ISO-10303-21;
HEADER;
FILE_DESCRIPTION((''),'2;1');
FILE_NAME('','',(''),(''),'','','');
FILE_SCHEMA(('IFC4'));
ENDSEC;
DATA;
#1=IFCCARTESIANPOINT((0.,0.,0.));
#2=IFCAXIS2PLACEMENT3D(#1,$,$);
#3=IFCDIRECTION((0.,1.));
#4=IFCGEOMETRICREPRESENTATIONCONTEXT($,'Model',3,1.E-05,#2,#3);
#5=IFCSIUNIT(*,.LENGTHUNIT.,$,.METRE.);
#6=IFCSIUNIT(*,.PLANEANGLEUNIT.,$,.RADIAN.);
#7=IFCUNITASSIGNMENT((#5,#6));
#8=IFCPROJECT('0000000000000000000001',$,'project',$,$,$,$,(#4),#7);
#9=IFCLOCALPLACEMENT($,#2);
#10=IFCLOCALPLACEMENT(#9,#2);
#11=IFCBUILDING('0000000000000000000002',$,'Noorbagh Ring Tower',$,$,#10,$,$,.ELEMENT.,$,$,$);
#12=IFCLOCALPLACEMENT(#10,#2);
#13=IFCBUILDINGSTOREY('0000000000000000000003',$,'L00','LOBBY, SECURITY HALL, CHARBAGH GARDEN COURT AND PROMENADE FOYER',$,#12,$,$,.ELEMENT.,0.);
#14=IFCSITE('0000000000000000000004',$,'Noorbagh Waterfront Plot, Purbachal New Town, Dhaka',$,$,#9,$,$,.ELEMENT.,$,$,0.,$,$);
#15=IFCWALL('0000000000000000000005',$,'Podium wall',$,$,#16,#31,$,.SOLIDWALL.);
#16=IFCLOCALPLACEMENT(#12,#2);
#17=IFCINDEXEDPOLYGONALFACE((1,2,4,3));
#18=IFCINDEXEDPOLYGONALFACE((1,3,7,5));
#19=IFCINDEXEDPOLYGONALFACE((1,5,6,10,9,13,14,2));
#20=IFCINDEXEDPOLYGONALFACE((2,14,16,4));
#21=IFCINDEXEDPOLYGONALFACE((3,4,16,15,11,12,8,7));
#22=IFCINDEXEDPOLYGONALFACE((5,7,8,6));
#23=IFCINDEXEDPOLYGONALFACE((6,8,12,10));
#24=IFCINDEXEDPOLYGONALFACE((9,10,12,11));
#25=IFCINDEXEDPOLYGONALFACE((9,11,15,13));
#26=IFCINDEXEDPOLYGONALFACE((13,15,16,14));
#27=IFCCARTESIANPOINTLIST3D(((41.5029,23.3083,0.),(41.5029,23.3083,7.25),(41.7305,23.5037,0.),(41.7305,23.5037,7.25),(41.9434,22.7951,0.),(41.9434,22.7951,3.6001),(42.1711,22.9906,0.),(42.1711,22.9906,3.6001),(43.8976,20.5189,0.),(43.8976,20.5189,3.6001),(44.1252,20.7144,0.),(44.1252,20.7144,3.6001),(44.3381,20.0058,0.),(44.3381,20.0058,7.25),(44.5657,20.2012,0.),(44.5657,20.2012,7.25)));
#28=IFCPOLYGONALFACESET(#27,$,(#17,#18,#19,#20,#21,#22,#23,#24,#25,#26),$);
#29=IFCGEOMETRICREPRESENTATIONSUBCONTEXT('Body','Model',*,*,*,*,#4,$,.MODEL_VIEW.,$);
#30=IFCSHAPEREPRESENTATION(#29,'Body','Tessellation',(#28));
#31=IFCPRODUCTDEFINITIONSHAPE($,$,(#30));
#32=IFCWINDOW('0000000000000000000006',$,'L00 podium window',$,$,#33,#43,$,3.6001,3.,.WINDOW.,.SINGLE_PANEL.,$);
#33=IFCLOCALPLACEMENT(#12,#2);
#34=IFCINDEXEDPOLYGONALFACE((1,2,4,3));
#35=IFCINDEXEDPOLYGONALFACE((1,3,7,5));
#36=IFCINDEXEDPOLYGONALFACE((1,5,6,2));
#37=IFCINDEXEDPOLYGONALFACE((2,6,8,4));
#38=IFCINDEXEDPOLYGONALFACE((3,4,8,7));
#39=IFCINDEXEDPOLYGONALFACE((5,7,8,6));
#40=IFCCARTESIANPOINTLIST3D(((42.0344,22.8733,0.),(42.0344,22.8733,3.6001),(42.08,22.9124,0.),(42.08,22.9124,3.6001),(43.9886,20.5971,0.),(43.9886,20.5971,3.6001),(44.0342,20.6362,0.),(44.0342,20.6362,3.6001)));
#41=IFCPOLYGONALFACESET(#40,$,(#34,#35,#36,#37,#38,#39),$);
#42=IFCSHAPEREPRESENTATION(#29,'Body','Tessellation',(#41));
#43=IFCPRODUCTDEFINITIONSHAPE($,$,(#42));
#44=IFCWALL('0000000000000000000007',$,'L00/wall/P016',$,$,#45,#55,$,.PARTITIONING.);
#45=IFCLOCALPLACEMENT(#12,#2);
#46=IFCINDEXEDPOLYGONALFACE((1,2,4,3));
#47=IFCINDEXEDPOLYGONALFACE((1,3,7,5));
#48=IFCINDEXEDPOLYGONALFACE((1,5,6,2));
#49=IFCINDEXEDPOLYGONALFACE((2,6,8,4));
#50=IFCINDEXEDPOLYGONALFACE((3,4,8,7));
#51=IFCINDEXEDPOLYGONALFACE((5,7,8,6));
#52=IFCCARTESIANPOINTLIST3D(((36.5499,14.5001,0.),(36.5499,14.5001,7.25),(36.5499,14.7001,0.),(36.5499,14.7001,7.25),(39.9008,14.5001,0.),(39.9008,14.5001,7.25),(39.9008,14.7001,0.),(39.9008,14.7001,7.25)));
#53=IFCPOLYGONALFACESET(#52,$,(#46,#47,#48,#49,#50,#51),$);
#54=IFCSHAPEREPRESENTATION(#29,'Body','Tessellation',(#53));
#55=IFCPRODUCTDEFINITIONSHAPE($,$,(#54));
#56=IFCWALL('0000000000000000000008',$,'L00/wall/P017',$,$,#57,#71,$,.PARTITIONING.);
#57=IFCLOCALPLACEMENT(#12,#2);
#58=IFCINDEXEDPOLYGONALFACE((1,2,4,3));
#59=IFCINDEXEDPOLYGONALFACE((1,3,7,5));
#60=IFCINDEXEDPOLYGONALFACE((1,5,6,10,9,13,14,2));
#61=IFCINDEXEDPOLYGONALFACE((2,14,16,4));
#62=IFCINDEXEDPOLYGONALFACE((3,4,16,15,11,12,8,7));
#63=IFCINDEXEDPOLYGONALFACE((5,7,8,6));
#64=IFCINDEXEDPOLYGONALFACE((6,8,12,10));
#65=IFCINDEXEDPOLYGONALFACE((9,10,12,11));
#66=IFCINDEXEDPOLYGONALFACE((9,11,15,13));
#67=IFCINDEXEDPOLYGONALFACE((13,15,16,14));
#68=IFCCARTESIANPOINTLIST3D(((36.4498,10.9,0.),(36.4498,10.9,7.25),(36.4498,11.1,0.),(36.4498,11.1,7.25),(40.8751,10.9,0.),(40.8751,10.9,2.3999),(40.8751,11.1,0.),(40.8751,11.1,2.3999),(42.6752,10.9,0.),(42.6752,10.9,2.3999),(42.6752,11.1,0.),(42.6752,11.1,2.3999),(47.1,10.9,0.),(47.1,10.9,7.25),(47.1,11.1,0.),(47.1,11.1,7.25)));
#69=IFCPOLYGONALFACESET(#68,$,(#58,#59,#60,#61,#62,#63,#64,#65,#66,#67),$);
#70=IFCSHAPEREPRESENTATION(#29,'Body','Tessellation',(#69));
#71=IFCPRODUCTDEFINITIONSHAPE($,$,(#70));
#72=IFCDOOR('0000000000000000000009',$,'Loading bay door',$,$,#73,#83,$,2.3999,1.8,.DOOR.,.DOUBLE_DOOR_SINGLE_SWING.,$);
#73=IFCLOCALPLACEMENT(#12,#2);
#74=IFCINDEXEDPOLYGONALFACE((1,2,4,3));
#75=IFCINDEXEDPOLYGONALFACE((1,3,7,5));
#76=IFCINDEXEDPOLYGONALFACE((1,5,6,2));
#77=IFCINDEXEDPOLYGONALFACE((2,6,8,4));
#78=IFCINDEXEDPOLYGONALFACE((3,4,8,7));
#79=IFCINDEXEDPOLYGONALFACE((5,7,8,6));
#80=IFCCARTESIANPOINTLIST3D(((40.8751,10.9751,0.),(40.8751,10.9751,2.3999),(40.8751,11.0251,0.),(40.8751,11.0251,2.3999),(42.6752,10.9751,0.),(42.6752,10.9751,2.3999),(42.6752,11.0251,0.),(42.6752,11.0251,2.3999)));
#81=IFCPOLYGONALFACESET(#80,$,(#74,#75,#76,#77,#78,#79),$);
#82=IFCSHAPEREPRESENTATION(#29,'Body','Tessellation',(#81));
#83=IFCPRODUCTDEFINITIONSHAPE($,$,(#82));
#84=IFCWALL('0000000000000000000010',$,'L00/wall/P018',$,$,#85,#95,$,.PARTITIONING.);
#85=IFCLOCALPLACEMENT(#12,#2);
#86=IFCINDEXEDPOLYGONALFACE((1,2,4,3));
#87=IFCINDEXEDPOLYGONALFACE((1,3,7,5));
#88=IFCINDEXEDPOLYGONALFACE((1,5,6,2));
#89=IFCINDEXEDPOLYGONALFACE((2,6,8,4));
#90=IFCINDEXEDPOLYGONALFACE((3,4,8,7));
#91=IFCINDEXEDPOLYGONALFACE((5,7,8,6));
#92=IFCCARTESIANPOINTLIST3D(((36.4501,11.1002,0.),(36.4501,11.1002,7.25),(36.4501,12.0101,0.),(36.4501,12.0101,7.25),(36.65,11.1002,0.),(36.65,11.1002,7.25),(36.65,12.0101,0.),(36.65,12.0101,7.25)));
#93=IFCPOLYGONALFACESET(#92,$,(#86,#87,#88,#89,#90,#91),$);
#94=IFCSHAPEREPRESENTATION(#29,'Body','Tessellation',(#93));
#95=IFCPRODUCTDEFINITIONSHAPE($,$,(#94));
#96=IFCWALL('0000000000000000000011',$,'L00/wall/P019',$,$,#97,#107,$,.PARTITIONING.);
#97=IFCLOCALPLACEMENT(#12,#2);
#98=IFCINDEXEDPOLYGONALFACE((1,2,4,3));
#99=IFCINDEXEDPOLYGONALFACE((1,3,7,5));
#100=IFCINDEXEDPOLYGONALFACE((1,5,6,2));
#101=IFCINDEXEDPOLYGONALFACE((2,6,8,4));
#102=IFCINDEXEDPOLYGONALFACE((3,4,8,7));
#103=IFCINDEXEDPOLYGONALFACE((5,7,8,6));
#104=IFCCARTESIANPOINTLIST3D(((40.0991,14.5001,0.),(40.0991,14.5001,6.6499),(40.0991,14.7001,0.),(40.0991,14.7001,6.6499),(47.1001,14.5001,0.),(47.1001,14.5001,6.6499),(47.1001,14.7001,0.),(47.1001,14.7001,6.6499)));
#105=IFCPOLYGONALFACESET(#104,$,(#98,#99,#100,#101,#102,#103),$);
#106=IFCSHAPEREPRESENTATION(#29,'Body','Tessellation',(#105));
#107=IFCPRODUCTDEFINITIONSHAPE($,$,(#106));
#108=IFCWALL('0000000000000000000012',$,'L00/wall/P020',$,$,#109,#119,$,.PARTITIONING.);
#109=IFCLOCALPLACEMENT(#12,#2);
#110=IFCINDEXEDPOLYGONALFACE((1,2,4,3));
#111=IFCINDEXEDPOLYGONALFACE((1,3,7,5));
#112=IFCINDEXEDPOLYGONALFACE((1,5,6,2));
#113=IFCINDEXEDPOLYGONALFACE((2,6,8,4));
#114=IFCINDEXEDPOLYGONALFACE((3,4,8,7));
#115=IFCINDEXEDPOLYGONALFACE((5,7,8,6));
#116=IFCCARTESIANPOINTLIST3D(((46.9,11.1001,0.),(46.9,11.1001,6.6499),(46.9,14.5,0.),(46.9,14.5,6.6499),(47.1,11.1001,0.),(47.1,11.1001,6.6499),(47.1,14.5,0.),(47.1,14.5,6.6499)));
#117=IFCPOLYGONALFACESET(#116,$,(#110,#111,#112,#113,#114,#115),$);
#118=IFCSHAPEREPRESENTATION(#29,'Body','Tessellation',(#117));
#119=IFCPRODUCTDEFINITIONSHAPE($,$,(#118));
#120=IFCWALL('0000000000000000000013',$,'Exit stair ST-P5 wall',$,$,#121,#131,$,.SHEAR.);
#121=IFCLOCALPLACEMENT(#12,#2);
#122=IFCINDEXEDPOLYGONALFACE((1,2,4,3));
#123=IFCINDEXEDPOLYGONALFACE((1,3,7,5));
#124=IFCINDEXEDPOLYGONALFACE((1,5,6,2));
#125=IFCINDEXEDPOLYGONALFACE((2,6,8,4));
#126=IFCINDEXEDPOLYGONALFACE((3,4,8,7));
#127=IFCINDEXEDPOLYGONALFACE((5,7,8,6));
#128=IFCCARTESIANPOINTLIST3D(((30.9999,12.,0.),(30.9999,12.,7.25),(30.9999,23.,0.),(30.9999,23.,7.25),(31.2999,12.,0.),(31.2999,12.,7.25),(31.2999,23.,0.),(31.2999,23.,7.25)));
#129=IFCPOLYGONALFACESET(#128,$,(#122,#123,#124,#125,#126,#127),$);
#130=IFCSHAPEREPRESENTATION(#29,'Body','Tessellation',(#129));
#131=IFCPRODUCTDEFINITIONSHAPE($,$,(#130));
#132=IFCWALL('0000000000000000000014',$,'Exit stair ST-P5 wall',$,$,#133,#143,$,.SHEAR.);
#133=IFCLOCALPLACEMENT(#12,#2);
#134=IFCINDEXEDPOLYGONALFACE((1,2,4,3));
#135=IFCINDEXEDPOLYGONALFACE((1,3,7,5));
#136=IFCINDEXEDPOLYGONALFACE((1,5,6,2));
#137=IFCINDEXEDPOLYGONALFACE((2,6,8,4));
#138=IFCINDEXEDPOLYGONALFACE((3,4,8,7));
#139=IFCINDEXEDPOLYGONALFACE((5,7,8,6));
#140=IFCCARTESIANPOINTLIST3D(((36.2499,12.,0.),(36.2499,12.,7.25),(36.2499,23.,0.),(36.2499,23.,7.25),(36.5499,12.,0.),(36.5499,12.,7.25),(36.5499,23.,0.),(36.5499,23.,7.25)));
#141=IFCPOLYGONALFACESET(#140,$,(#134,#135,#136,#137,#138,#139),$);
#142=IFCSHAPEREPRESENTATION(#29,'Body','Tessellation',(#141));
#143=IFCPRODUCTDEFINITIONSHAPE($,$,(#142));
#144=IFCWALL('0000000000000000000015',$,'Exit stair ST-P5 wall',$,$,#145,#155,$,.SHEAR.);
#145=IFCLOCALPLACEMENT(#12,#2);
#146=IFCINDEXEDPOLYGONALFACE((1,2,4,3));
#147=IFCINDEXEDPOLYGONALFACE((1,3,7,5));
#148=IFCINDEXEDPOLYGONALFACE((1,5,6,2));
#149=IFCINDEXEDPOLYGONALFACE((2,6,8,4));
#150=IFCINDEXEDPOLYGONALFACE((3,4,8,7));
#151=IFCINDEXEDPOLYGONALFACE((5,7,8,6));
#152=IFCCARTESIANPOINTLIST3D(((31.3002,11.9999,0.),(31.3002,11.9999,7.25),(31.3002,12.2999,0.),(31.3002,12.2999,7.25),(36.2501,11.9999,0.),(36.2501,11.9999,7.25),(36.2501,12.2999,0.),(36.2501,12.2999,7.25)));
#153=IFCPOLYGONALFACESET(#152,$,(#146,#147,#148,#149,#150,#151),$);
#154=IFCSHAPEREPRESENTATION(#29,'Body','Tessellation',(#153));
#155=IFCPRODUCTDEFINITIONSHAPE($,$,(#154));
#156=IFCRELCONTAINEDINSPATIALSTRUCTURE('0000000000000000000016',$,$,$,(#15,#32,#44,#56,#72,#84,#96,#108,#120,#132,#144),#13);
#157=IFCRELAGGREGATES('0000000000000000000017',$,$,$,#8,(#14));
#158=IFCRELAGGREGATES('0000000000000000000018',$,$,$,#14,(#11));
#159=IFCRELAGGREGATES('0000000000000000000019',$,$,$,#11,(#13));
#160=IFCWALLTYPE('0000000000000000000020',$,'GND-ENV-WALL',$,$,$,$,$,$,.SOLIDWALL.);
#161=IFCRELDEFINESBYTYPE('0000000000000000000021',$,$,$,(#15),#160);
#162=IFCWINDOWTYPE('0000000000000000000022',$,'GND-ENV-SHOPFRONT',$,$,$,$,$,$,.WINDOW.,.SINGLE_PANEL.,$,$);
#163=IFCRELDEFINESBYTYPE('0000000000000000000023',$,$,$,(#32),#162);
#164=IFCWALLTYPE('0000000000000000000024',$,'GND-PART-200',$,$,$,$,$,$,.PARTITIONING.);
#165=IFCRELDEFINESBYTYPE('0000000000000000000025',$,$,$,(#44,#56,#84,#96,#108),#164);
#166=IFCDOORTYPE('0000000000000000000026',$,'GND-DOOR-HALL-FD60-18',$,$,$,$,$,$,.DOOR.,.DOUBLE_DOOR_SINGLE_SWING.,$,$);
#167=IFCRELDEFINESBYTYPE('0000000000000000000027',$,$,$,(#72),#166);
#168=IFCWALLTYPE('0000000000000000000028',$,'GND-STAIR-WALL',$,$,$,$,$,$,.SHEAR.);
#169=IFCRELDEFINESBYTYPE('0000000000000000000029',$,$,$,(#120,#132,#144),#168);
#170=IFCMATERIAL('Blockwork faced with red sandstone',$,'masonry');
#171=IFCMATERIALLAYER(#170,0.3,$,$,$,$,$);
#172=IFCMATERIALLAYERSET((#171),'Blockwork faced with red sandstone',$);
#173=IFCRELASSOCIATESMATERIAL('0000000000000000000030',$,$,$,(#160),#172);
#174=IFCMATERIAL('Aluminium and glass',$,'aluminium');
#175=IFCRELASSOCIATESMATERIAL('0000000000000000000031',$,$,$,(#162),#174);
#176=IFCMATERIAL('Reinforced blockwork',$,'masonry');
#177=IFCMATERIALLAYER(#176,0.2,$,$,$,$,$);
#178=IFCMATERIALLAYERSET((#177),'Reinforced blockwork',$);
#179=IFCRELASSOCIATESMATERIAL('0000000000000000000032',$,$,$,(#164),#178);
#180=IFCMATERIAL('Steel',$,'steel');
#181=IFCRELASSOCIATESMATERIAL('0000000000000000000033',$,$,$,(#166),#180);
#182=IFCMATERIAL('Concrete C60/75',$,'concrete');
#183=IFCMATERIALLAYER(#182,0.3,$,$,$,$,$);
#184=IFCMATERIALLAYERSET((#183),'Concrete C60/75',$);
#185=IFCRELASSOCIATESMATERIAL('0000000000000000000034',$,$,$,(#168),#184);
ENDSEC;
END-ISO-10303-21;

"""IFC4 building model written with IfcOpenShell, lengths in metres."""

from ifc_helpers import new_model, si_unit, direction, frame, frame_2d, origin, place, context, subcontext, project, spatial, rectangle, extrude, material, layer, layer_set, type_object, element, fill, save


model = new_model("IFC4")

# Units and contexts
model_context = context("Model", 3, precision=1e-05, world=origin(), true_north=direction((0.0, 1.0)))
body_context = subcontext(model_context, "Body", "Model", "MODEL_VIEW")
ifc_project = project(units=[si_unit("LENGTHUNIT", "METRE"), si_unit("PLANEANGLEUNIT", "RADIAN")], contexts=[model_context])

# Site, building, storey
site_placement = place(None, origin())
site = spatial("IfcSite", under=ifc_project, at=site_placement, Name="Noorbagh Waterfront Plot, Purbachal New Town, Dhaka", CompositionType="ELEMENT", RefElevation=0.0)
building_placement = place(site_placement, origin())
building = spatial("IfcBuilding", under=site, at=building_placement, Name="Noorbagh Ring Tower", CompositionType="ELEMENT")
storey_placement = place(building_placement, origin())
storey = spatial("IfcBuildingStorey", under=building, at=storey_placement, Name="L00", Description="LOBBY, SECURITY HALL, CHARBAGH GARDEN COURT AND PROMENADE FOYER", CompositionType="ELEMENT", Elevation=0.0)

# Shared definitions
ifc_material_1 = material(Name="Blockwork faced with red sandstone", Category="masonry")
ifc_layer_1 = layer(ifc_material_1, 0.3)
ifc_layer_set_1 = layer_set([ifc_layer_1], Name="Blockwork faced with red sandstone")
wall_type_1 = type_object("IfcWallType", Name="GND-ENV-WALL", PredefinedType="SOLIDWALL", material=ifc_layer_set_1)

# Wall, opening, window
wall_1_placement = place(storey_placement, frame((44.4519, 20.1035, 0.0), z_axis=(0.0, 0.0, 1.0), x_axis=(-0.651387, 0.758746, 0.0)))
wall_1 = element("IfcWall", 1, at=wall_1_placement, inside=storey, type_object=wall_type_1, Name="Podium wall", PredefinedType="SOLIDWALL", context=body_context, shape_type="SweptSolid", body=[
    extrude(rectangle(XDim=4.3525, YDim=0.3, at=frame_2d((2.1763, 0.0))), origin(), (0.0, 0.0, 1.0), 7.25),
])
opening_1_placement = place(wall_1_placement, frame((0.6763, 0.0, 0.0)))
opening_1 = element("IfcOpeningElement", 2, at=opening_1_placement, cuts=wall_1, PredefinedType="OPENING", context=body_context, shape_type="SweptSolid", body=[
    extrude(rectangle(XDim=3.0, YDim=3.6001, at=frame_2d((1.5, 1.8))), frame((0.0, 0.1602, 0.0), z_axis=(0.0, -1.0, 0.0), x_axis=(1.0, 0.0, 0.0)), (0.0, 0.0, 1.0), 0.3201),
])
ifc_material_2 = material(Name="Aluminium and glass", Category="aluminium")
window_type = type_object("IfcWindowType", Name="GND-ENV-SHOPFRONT", PartitioningType="SINGLE_PANEL", PredefinedType="WINDOW", material=ifc_material_2)
window_placement = place(opening_1_placement, origin())
window = element("IfcWindow", 3, at=window_placement, inside=storey, type_object=window_type, Name="L00 podium window", OverallHeight=3.6001, OverallWidth=3.0, PartitioningType="SINGLE_PANEL", PredefinedType="WINDOW", context=body_context, shape_type="SweptSolid", body=[
    extrude(rectangle(XDim=3.0, YDim=3.6001, at=frame_2d((1.5, 1.8))), frame((0.0, 0.03, 0.0), z_axis=(0.0, -1.0, 0.0), x_axis=(1.0, 0.0, 0.0)), (0.0, 0.0, 1.0), 0.0601),
])
fill(opening_1, window)

# Wall
ifc_material_3 = material(Name="Reinforced blockwork", Category="masonry")
ifc_layer_2 = layer(ifc_material_3, 0.2)
ifc_layer_set_2 = layer_set([ifc_layer_2], Name="Reinforced blockwork")
wall_type_2 = type_object("IfcWallType", Name="GND-PART-200", PredefinedType="PARTITIONING", material=ifc_layer_set_2)
wall_2_placement = place(storey_placement, frame((36.55, 14.6001, 0.0), z_axis=(0.0, 0.0, 1.0), x_axis=(1.0, 0.0, 0.0)))
element("IfcWall", 4, at=wall_2_placement, inside=storey, type_object=wall_type_2, Name="L00/wall/P016", PredefinedType="PARTITIONING", context=body_context, shape_type="SweptSolid", body=[
    extrude(rectangle(XDim=3.3508, YDim=0.2, at=frame_2d((1.6753, 0.0))), origin(), (0.0, 0.0, 1.0), 7.25),
])

# Wall, opening, door
wall_3_placement = place(storey_placement, frame((47.1001, 11.0, 0.0), z_axis=(0.0, 0.0, 1.0), x_axis=(-1.0, 0.0, 0.0)))
wall_3 = element("IfcWall", 5, at=wall_3_placement, inside=storey, type_object=wall_type_2, Name="L00/wall/P017", PredefinedType="PARTITIONING", context=body_context, shape_type="SweptSolid", body=[
    extrude(rectangle(XDim=10.6501, YDim=0.2, at=frame_2d((5.3252, 0.0))), origin(), (0.0, 0.0, 1.0), 7.25),
])
opening_2_placement = place(wall_3_placement, frame((4.425, 0.0, 0.0)))
opening_2 = element("IfcOpeningElement", 6, at=opening_2_placement, cuts=wall_3, PredefinedType="OPENING", context=body_context, shape_type="SweptSolid", body=[
    extrude(rectangle(XDim=1.8, YDim=2.3999, at=frame_2d((0.8999, 1.2))), frame((0.0, 0.1099, 0.0), z_axis=(0.0, -1.0, 0.0), x_axis=(1.0, 0.0, 0.0)), (0.0, 0.0, 1.0), 0.22),
])
ifc_material_4 = material(Name="Steel", Category="steel")
door_type_1 = type_object("IfcDoorType", Name="GND-DOOR-HALL-FD60-18", OperationType="DOUBLE_DOOR_SINGLE_SWING", PredefinedType="DOOR", material=ifc_material_4)
door_1_placement = place(opening_2_placement, origin())
door_1 = element("IfcDoor", 7, at=door_1_placement, inside=storey, type_object=door_type_1, Name="Loading bay door", OperationType="DOUBLE_DOOR_SINGLE_SWING", OverallHeight=2.3999, OverallWidth=1.8, PredefinedType="DOOR", context=body_context, shape_type="SweptSolid", body=[
    extrude(rectangle(XDim=1.8, YDim=2.3999, at=frame_2d((0.8999, 1.2))), frame((0.0, 0.0249, 0.0), z_axis=(0.0, -1.0, 0.0), x_axis=(1.0, 0.0, 0.0)), (0.0, 0.0, 1.0), 0.05),
])
fill(opening_2, door_1)

# Walls
wall_4_placement = place(storey_placement, frame((36.55, 11.1001, 0.0), z_axis=(0.0, 0.0, 1.0), x_axis=(0.0, 1.0, 0.0)))
element("IfcWall", 8, at=wall_4_placement, inside=storey, type_object=wall_type_2, Name="L00/wall/P018", PredefinedType="PARTITIONING", context=body_context, shape_type="SweptSolid", body=[
    extrude(rectangle(XDim=0.9099, YDim=0.2, at=frame_2d((0.4551, 0.0))), origin(), (0.0, 0.0, 1.0), 7.25),
])
wall_5_placement = place(storey_placement, frame((40.0991, 14.6001, 0.0), z_axis=(0.0, 0.0, 1.0), x_axis=(1.0, 0.0, 0.0)))
element("IfcWall", 9, at=wall_5_placement, inside=storey, type_object=wall_type_2, Name="L00/wall/P019", PredefinedType="PARTITIONING", context=body_context, shape_type="SweptSolid", body=[
    extrude(rectangle(XDim=7.001, YDim=0.2, at=frame_2d((3.5005, 0.0))), origin(), (0.0, 0.0, 1.0), 6.6499),
])
wall_6_placement = place(storey_placement, frame((47.0, 14.5, 0.0), z_axis=(0.0, 0.0, 1.0), x_axis=(0.0, -1.0, 0.0)))
element("IfcWall", 10, at=wall_6_placement, inside=storey, type_object=wall_type_2, Name="L00/wall/P020", PredefinedType="PARTITIONING", context=body_context, shape_type="SweptSolid", body=[
    extrude(rectangle(XDim=3.3999, YDim=0.2, at=frame_2d((1.7, 0.0))), origin(), (0.0, 0.0, 1.0), 6.6499),
])
ifc_material_5 = material(Name="Concrete C60/75", Category="concrete")
ifc_layer_3 = layer(ifc_material_5, 0.3)
ifc_layer_set_3 = layer_set([ifc_layer_3], Name="Concrete C60/75")
wall_type_3 = type_object("IfcWallType", Name="GND-STAIR-WALL", PredefinedType="SHEAR", material=ifc_layer_set_3)
for number, where, z_axis, x_axis, name in (
    (11, (31.1499, 12.0, 0.0), (0.0, 0.0, 1.0), (0.0, 1.0, 0.0), "Exit stair ST-P5 wall"),
    (12, (36.3999, 12.0, 0.0), (0.0, 0.0, 1.0), (0.0, 1.0, 0.0), "Exit stair ST-P5 wall"),
):
    element("IfcWall", number, at=place(storey_placement, frame(where, z_axis=z_axis, x_axis=x_axis)), inside=storey, type_object=wall_type_3, Name=name, PredefinedType="SHEAR", context=body_context, shape_type="SweptSolid", body=[
        extrude(rectangle(XDim=11.0, YDim=0.3, at=frame_2d((5.5, 0.0))), origin(), (0.0, 0.0, 1.0), 7.25),
    ])
wall_7_placement = place(storey_placement, frame((31.3, 12.1499, 0.0), z_axis=(0.0, 0.0, 1.0), x_axis=(1.0, 0.0, 0.0)))
element("IfcWall", 13, at=wall_7_placement, inside=storey, type_object=wall_type_3, Name="Exit stair ST-P5 wall", PredefinedType="SHEAR", context=body_context, shape_type="SweptSolid", body=[
    extrude(rectangle(XDim=4.95, YDim=0.3, at=frame_2d((2.4751, 0.0))), origin(), (0.0, 0.0, 1.0), 7.25),
])

save(model, "model.ifc")
